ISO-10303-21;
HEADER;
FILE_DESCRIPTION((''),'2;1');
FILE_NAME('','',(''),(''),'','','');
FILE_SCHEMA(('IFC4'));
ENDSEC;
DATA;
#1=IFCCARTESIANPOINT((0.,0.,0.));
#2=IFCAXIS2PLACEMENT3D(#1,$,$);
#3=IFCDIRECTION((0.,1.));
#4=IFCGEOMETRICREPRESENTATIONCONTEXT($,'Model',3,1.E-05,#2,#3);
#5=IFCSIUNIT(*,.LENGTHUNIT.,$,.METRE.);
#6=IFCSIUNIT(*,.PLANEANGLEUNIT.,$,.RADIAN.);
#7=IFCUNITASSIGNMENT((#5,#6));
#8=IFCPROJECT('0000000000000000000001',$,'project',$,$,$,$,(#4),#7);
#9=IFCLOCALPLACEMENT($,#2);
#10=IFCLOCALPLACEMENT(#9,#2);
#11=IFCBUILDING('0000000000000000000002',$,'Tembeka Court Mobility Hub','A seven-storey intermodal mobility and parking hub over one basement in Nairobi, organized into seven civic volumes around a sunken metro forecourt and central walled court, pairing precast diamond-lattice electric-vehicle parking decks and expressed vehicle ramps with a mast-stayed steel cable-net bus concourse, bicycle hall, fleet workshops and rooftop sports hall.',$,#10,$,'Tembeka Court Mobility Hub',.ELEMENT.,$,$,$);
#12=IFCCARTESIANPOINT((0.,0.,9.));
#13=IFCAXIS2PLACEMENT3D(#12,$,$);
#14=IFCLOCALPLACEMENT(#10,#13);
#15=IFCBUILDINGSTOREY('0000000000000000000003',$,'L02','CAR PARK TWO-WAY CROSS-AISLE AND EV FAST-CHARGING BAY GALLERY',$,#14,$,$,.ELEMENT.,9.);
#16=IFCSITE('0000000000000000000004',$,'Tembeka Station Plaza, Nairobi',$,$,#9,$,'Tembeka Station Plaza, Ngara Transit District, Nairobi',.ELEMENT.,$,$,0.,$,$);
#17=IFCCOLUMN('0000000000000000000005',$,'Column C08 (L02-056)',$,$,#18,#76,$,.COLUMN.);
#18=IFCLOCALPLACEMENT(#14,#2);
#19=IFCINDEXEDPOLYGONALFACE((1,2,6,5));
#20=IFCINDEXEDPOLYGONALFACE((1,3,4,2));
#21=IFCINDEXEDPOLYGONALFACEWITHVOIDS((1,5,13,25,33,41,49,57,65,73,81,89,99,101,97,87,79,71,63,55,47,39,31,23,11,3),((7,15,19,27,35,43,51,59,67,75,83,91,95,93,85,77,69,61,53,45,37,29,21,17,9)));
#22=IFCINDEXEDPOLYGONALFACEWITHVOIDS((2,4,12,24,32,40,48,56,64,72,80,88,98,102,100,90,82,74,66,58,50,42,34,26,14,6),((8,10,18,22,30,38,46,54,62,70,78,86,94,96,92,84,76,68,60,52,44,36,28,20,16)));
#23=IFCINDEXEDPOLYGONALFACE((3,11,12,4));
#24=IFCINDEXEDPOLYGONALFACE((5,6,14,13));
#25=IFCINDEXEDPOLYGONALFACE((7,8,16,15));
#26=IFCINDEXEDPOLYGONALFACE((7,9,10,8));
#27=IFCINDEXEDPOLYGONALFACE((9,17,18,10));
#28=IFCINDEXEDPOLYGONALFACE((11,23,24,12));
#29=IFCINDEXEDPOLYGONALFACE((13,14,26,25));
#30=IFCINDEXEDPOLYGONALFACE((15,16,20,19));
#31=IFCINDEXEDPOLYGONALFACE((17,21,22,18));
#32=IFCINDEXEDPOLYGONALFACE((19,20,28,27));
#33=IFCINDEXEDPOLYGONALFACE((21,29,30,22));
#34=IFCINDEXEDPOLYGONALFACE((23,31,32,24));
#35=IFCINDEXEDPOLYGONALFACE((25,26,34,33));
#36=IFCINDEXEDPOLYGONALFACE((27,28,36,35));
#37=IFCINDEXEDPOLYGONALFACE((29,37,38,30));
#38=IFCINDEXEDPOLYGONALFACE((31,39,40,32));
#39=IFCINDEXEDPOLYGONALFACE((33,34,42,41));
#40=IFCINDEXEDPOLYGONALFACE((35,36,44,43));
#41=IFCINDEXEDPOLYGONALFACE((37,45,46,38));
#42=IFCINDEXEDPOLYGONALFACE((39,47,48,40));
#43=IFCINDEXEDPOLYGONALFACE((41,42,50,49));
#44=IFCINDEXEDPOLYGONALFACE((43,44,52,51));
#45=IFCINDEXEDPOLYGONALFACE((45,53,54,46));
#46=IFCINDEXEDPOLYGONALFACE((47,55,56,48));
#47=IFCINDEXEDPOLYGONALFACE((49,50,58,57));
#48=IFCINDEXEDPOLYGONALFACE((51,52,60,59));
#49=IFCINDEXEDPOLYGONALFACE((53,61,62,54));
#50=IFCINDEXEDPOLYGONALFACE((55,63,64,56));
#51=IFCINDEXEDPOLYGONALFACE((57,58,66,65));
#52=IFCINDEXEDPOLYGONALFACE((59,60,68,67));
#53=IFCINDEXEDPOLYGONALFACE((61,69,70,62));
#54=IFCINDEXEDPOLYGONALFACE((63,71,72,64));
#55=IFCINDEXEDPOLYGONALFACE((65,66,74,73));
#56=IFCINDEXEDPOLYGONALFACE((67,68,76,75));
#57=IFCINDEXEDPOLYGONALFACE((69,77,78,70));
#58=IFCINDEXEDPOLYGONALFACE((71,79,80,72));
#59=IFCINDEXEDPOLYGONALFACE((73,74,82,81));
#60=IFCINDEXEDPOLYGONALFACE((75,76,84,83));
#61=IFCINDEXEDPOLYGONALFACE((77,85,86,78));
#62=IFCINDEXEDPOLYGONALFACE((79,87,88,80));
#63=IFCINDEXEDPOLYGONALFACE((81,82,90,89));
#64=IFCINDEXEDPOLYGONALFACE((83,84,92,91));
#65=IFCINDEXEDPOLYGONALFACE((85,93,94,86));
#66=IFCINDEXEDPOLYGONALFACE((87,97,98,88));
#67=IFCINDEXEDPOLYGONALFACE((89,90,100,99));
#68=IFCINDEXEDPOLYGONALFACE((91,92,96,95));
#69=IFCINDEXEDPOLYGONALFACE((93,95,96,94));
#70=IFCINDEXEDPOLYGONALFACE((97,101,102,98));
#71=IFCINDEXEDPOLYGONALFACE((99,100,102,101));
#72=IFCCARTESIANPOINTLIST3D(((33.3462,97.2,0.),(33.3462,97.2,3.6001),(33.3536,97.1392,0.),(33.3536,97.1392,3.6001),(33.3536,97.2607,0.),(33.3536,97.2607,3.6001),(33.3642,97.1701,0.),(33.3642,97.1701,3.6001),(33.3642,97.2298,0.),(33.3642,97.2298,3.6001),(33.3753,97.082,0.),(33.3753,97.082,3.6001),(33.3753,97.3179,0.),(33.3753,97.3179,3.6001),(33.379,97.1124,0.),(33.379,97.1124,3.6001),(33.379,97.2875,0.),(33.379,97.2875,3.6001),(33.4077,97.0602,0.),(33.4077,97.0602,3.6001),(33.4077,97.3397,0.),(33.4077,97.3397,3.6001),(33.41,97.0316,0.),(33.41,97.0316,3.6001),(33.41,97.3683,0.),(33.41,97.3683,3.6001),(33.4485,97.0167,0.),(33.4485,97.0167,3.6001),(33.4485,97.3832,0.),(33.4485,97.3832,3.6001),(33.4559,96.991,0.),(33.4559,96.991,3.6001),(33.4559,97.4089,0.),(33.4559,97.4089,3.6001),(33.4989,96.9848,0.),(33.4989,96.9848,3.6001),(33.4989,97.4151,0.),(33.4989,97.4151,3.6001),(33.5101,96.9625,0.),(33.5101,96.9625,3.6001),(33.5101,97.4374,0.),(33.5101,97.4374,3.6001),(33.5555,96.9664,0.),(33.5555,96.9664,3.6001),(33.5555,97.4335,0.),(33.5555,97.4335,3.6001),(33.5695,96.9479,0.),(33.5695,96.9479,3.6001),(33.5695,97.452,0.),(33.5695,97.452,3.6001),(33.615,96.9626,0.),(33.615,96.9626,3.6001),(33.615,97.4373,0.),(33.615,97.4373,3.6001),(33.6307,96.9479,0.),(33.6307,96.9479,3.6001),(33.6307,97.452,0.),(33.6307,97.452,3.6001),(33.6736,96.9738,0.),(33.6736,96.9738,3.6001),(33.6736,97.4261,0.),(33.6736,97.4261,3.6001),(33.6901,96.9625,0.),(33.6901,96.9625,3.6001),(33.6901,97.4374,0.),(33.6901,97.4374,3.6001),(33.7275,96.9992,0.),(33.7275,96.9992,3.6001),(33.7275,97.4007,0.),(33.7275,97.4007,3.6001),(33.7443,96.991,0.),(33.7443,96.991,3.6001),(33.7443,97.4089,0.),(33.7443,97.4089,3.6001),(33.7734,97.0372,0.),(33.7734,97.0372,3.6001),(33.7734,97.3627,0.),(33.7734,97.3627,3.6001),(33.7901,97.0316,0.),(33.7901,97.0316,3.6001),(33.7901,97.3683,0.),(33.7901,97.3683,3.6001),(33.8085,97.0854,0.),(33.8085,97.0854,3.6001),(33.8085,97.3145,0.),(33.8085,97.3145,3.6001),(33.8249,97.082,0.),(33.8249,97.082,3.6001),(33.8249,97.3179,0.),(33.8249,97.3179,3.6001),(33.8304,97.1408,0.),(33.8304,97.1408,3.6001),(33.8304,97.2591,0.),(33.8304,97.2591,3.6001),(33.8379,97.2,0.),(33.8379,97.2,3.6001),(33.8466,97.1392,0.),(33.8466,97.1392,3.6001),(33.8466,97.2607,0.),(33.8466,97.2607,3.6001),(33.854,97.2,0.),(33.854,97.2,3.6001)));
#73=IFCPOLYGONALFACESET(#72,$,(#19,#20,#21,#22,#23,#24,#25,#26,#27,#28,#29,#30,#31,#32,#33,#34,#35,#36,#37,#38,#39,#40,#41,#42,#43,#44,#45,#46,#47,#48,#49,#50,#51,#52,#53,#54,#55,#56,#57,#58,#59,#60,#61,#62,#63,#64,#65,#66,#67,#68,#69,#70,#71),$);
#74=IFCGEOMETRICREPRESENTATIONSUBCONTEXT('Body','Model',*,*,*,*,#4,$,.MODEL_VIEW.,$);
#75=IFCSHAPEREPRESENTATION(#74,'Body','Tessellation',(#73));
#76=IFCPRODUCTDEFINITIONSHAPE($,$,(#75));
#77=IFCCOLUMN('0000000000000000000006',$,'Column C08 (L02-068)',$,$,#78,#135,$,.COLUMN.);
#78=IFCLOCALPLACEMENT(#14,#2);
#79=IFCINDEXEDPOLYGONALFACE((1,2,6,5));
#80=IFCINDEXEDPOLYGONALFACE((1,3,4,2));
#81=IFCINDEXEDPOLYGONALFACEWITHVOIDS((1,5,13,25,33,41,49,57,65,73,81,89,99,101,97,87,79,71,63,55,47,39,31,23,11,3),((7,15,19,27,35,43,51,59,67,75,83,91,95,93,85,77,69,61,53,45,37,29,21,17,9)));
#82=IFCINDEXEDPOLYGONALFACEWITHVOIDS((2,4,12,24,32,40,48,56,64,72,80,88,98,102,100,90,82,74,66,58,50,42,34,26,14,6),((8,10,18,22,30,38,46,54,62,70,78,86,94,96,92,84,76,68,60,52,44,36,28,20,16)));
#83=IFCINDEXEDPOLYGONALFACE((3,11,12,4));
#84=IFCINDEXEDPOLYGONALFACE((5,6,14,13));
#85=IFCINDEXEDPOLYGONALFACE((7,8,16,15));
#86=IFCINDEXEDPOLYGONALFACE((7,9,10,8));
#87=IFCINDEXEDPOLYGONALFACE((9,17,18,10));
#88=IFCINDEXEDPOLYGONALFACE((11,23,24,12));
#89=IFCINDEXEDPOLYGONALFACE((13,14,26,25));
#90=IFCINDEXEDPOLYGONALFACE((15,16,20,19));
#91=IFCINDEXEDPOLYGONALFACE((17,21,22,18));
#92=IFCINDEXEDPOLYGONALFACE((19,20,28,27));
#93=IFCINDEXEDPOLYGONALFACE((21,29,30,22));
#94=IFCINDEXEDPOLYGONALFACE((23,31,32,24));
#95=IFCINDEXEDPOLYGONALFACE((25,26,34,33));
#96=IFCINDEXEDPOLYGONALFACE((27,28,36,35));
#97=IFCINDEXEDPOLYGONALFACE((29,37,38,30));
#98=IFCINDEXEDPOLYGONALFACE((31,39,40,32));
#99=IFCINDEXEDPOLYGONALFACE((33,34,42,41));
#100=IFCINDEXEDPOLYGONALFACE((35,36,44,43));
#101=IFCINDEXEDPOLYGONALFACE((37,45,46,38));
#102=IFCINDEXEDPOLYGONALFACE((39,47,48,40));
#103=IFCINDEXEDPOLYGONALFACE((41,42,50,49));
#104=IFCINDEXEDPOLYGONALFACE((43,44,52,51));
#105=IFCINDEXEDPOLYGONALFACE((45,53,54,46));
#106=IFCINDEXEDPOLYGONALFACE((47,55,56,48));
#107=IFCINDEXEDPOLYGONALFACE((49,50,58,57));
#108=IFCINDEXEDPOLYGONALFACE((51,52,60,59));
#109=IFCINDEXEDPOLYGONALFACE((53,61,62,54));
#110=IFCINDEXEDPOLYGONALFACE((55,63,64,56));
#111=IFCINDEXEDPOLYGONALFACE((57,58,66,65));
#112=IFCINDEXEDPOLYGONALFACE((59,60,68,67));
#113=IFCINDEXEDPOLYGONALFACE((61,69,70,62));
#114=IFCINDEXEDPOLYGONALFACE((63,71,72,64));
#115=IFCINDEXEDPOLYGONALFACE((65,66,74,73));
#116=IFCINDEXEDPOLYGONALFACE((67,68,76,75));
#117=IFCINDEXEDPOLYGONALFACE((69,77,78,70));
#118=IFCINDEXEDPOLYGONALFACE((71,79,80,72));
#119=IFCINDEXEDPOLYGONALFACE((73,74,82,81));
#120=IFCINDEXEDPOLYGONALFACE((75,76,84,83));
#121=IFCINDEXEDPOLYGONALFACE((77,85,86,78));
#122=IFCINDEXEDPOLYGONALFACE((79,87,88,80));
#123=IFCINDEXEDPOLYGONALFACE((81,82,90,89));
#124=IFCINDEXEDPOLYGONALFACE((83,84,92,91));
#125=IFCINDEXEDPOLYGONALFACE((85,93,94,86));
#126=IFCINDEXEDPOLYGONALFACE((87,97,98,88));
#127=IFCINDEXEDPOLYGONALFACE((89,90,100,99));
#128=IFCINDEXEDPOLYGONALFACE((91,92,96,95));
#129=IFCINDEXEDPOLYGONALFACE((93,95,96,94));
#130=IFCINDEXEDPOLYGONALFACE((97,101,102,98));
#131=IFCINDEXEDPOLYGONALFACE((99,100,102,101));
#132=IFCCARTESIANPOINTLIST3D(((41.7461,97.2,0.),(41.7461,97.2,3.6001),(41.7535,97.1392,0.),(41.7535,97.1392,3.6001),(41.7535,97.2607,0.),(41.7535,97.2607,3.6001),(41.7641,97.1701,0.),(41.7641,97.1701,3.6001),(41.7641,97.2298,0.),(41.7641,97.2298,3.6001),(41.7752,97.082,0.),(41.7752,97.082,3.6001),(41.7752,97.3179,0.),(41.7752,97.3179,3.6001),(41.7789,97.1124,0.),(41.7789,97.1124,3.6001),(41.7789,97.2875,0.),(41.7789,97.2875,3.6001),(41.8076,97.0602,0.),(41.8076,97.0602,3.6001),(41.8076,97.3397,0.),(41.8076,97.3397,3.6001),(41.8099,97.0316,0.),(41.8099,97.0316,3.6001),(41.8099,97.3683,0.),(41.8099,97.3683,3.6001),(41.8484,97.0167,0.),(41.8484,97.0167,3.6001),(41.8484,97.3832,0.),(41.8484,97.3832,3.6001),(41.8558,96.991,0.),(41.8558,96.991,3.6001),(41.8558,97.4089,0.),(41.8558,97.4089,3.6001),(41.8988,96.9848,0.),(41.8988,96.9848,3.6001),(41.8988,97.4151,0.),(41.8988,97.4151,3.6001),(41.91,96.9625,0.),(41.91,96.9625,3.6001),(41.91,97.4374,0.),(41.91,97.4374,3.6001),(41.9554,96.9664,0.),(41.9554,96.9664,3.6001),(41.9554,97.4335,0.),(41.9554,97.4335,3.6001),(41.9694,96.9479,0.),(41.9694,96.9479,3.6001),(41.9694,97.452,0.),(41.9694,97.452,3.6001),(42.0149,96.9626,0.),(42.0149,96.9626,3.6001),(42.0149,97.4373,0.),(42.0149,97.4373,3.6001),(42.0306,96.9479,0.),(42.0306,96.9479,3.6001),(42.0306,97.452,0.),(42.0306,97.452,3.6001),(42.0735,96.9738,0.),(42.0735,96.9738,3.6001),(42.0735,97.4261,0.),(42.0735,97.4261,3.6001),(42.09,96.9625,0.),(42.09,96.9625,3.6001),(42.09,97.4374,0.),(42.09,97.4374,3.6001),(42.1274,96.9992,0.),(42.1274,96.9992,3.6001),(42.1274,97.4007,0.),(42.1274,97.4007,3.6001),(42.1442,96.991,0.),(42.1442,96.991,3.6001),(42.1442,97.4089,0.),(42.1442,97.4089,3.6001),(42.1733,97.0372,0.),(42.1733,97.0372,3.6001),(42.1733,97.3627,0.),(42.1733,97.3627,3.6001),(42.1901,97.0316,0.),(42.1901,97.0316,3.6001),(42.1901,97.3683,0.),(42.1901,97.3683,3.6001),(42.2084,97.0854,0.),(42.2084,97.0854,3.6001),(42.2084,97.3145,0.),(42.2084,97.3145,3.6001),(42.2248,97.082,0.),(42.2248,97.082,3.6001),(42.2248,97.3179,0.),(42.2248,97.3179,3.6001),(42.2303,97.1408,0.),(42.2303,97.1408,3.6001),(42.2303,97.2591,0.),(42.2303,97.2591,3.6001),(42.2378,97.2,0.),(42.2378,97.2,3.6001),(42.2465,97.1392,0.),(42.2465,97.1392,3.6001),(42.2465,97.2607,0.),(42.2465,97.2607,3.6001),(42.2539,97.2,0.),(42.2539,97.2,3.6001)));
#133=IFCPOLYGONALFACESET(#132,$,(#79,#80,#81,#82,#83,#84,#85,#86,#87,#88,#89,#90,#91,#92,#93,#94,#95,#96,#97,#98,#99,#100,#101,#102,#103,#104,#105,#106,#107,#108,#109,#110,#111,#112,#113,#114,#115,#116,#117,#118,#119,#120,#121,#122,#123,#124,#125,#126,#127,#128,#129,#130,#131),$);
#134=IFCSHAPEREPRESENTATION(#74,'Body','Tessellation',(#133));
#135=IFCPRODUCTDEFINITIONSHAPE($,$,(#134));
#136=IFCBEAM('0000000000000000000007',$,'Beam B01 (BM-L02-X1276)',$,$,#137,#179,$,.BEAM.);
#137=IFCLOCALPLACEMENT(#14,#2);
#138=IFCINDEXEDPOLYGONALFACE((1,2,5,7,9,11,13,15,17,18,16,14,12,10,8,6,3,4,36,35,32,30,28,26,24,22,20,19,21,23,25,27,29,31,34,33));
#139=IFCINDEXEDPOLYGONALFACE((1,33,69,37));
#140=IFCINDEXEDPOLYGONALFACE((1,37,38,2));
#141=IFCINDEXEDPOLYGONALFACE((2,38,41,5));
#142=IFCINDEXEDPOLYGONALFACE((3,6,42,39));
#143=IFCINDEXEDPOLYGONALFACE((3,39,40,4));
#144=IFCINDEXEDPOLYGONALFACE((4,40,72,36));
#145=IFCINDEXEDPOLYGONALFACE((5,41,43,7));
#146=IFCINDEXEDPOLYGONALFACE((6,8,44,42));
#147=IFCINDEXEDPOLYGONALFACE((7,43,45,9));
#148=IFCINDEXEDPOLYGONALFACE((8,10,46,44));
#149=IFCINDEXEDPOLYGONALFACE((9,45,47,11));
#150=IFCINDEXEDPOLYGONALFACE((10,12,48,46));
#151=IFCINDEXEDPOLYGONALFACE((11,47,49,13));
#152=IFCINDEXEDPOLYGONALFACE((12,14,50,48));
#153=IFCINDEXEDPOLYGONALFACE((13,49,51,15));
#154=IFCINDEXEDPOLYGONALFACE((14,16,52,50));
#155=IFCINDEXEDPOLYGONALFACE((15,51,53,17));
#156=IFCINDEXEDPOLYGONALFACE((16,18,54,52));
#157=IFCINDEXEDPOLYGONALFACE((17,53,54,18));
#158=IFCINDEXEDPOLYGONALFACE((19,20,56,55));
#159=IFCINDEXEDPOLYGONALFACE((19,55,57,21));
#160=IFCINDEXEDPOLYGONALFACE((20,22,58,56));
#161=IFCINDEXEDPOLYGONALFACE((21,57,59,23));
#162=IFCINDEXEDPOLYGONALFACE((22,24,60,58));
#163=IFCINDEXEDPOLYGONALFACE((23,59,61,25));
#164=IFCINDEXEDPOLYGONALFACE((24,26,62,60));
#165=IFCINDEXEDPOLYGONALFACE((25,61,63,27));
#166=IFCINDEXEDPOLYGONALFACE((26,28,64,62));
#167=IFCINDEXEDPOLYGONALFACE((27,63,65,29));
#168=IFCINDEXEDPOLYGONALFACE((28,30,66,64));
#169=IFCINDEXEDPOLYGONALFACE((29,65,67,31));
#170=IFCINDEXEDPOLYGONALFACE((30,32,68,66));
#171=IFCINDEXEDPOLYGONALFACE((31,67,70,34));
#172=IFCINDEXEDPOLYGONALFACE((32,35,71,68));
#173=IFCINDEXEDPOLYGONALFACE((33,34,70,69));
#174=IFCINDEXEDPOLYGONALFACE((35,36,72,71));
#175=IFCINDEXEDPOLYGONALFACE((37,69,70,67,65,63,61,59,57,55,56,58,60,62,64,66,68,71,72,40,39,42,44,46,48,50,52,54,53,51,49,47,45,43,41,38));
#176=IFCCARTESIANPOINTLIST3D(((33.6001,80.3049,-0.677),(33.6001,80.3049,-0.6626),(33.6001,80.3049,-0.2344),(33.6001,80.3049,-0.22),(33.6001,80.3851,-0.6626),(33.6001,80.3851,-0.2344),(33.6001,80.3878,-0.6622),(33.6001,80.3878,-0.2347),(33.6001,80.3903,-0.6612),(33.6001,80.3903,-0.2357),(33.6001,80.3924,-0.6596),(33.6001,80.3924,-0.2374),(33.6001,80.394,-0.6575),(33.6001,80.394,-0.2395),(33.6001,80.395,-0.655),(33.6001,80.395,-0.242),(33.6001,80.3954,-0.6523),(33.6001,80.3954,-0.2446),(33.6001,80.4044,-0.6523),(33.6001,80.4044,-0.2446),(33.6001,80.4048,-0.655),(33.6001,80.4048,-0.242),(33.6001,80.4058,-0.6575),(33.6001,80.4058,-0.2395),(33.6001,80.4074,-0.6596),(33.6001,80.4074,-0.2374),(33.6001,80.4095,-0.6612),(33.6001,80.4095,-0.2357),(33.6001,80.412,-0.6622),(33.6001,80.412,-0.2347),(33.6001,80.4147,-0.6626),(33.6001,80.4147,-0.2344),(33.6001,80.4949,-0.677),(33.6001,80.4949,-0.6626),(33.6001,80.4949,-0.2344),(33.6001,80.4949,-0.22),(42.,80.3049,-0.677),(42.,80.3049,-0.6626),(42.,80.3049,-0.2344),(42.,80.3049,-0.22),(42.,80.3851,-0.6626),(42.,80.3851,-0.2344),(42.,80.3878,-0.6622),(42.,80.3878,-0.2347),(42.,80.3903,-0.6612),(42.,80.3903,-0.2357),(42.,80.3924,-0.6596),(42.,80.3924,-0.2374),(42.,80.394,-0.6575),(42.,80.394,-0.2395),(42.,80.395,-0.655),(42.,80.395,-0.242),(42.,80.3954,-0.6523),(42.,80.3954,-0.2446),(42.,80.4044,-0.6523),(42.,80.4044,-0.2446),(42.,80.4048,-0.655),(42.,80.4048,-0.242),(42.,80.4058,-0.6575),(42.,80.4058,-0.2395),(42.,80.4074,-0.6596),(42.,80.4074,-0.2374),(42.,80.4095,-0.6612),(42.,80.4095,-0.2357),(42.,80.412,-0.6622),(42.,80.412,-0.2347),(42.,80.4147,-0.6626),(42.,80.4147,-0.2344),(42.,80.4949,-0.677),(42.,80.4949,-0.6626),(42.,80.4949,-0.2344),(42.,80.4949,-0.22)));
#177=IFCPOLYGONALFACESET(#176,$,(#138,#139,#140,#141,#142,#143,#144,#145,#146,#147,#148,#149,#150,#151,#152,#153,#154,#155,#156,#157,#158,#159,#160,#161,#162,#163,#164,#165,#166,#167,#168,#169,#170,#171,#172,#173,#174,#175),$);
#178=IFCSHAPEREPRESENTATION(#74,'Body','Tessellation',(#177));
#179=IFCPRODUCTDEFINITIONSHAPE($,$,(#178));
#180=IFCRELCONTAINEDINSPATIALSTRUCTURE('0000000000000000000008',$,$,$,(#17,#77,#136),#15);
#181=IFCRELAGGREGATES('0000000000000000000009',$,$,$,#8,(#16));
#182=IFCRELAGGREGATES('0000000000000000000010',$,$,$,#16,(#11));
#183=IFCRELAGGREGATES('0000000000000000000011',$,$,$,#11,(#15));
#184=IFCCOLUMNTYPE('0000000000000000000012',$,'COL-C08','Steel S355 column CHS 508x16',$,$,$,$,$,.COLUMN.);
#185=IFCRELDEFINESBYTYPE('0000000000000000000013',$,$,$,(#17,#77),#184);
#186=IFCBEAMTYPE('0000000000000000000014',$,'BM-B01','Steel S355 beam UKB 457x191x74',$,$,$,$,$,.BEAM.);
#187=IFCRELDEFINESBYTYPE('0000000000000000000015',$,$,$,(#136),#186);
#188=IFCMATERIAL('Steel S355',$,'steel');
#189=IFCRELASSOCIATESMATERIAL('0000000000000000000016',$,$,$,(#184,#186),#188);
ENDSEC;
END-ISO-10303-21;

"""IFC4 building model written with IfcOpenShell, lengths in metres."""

from ifc_helpers import new_model, si_unit, direction, frame, origin, origin_2d, place, context, subcontext, project, spatial, hollow_circle, i_section, extrude, material, material_profile, profile_set, type_object, element, save


model = new_model("IFC4")

# Units and contexts
model_context = context("Model", 3, precision=1e-05, world=origin(), true_north=direction((0.0, 1.0)))
body_context = subcontext(model_context, "Body", "Model", "MODEL_VIEW")
ifc_project = project(units=[si_unit("LENGTHUNIT", "METRE"), si_unit("PLANEANGLEUNIT", "RADIAN")], contexts=[model_context])

# Site, building, storey
site_placement = place(None, origin())
site = spatial("IfcSite", under=ifc_project, at=site_placement, Name="Tembeka Station Plaza, Nairobi", LongName="Tembeka Station Plaza, Ngara Transit District, Nairobi", CompositionType="ELEMENT", RefElevation=0.0)
building_placement = place(site_placement, origin())
building = spatial("IfcBuilding", under=site, at=building_placement, Name="Tembeka Court Mobility Hub", Description="A seven-storey intermodal mobility and parking hub over one basement in Nairobi, organized into seven civic volumes around a sunken metro forecourt and central walled court, pairing precast diamond-lattice electric-vehicle parking decks and expressed vehicle ramps with a mast-stayed steel cable-net bus concourse, bicycle hall, fleet workshops and rooftop sports hall.", LongName="Tembeka Court Mobility Hub", CompositionType="ELEMENT")
storey_placement = place(building_placement, frame((0.0, 0.0, 9.0)))
storey = spatial("IfcBuildingStorey", under=building, at=storey_placement, Name="L02", Description="CAR PARK TWO-WAY CROSS-AISLE AND EV FAST-CHARGING BAY GALLERY", CompositionType="ELEMENT", Elevation=9.0)

# Columns
ifc_material_1 = material(Name="Steel S355", Category="steel")
ifc_material_profile_1 = material_profile(ifc_material_1, hollow_circle(Radius=0.2539, WallThickness=0.0161, at=origin_2d()), Name="CHS 508x16")
ifc_profile_set_1 = profile_set([ifc_material_profile_1], Name="Steel S355")
column_type_1 = type_object("IfcColumnType", Name="COL-C08", Description="Steel S355 column CHS 508x16", PredefinedType="COLUMN", material=ifc_profile_set_1)
for number, where, z_axis, x_axis, name in (
    (1, (33.6001, 97.2, 0.0), (0.0, 0.0, 1.0), (1.0, 0.0, 0.0), "Column C08 (L02-056)"),
    (2, (42.0, 97.2, 0.0), (0.0, 0.0, 1.0), (1.0, 0.0, 0.0), "Column C08 (L02-068)"),
):
    element("IfcColumn", number, at=place(storey_placement, frame(where, z_axis=z_axis, x_axis=x_axis)), inside=storey, type_object=column_type_1, Name=name, PredefinedType="COLUMN", context=body_context, shape_type="SweptSolid", body=[
        extrude(hollow_circle(Radius=0.2539, WallThickness=0.0161, at=origin_2d()), origin(), (0.0, 0.0, 1.0), 3.6001),
    ])

# Beam
ifc_material_profile_2 = material_profile(ifc_material_1, i_section(OverallWidth=0.1899, OverallDepth=0.457, WebThickness=0.009, FlangeThickness=0.0144, FilletRadius=0.0103, at=origin_2d()), Name="UKB 457x191x74")
ifc_profile_set_2 = profile_set([ifc_material_profile_2], Name="Steel S355")
beam_type_1 = type_object("IfcBeamType", Name="BM-B01", Description="Steel S355 beam UKB 457x191x74", PredefinedType="BEAM", material=ifc_profile_set_2)
for number, where, z_axis, x_axis, name in (
    (3, (33.6001, 80.3999, -0.4485), (1.0, 0.0, 0.0), (0.0, 1.0, 0.0), "Beam B01 (BM-L02-X1276)"),
):
    element("IfcBeam", number, at=place(storey_placement, frame(where, z_axis=z_axis, x_axis=x_axis)), inside=storey, type_object=beam_type_1, Name=name, PredefinedType="BEAM", context=body_context, shape_type="SweptSolid", body=[
        extrude(i_section(OverallWidth=0.1899, OverallDepth=0.457, WebThickness=0.009, FlangeThickness=0.0144, FilletRadius=0.0103, at=origin_2d()), origin(), (0.0, 0.0, 1.0), 8.3999),
    ])

save(model, "model.ifc")
